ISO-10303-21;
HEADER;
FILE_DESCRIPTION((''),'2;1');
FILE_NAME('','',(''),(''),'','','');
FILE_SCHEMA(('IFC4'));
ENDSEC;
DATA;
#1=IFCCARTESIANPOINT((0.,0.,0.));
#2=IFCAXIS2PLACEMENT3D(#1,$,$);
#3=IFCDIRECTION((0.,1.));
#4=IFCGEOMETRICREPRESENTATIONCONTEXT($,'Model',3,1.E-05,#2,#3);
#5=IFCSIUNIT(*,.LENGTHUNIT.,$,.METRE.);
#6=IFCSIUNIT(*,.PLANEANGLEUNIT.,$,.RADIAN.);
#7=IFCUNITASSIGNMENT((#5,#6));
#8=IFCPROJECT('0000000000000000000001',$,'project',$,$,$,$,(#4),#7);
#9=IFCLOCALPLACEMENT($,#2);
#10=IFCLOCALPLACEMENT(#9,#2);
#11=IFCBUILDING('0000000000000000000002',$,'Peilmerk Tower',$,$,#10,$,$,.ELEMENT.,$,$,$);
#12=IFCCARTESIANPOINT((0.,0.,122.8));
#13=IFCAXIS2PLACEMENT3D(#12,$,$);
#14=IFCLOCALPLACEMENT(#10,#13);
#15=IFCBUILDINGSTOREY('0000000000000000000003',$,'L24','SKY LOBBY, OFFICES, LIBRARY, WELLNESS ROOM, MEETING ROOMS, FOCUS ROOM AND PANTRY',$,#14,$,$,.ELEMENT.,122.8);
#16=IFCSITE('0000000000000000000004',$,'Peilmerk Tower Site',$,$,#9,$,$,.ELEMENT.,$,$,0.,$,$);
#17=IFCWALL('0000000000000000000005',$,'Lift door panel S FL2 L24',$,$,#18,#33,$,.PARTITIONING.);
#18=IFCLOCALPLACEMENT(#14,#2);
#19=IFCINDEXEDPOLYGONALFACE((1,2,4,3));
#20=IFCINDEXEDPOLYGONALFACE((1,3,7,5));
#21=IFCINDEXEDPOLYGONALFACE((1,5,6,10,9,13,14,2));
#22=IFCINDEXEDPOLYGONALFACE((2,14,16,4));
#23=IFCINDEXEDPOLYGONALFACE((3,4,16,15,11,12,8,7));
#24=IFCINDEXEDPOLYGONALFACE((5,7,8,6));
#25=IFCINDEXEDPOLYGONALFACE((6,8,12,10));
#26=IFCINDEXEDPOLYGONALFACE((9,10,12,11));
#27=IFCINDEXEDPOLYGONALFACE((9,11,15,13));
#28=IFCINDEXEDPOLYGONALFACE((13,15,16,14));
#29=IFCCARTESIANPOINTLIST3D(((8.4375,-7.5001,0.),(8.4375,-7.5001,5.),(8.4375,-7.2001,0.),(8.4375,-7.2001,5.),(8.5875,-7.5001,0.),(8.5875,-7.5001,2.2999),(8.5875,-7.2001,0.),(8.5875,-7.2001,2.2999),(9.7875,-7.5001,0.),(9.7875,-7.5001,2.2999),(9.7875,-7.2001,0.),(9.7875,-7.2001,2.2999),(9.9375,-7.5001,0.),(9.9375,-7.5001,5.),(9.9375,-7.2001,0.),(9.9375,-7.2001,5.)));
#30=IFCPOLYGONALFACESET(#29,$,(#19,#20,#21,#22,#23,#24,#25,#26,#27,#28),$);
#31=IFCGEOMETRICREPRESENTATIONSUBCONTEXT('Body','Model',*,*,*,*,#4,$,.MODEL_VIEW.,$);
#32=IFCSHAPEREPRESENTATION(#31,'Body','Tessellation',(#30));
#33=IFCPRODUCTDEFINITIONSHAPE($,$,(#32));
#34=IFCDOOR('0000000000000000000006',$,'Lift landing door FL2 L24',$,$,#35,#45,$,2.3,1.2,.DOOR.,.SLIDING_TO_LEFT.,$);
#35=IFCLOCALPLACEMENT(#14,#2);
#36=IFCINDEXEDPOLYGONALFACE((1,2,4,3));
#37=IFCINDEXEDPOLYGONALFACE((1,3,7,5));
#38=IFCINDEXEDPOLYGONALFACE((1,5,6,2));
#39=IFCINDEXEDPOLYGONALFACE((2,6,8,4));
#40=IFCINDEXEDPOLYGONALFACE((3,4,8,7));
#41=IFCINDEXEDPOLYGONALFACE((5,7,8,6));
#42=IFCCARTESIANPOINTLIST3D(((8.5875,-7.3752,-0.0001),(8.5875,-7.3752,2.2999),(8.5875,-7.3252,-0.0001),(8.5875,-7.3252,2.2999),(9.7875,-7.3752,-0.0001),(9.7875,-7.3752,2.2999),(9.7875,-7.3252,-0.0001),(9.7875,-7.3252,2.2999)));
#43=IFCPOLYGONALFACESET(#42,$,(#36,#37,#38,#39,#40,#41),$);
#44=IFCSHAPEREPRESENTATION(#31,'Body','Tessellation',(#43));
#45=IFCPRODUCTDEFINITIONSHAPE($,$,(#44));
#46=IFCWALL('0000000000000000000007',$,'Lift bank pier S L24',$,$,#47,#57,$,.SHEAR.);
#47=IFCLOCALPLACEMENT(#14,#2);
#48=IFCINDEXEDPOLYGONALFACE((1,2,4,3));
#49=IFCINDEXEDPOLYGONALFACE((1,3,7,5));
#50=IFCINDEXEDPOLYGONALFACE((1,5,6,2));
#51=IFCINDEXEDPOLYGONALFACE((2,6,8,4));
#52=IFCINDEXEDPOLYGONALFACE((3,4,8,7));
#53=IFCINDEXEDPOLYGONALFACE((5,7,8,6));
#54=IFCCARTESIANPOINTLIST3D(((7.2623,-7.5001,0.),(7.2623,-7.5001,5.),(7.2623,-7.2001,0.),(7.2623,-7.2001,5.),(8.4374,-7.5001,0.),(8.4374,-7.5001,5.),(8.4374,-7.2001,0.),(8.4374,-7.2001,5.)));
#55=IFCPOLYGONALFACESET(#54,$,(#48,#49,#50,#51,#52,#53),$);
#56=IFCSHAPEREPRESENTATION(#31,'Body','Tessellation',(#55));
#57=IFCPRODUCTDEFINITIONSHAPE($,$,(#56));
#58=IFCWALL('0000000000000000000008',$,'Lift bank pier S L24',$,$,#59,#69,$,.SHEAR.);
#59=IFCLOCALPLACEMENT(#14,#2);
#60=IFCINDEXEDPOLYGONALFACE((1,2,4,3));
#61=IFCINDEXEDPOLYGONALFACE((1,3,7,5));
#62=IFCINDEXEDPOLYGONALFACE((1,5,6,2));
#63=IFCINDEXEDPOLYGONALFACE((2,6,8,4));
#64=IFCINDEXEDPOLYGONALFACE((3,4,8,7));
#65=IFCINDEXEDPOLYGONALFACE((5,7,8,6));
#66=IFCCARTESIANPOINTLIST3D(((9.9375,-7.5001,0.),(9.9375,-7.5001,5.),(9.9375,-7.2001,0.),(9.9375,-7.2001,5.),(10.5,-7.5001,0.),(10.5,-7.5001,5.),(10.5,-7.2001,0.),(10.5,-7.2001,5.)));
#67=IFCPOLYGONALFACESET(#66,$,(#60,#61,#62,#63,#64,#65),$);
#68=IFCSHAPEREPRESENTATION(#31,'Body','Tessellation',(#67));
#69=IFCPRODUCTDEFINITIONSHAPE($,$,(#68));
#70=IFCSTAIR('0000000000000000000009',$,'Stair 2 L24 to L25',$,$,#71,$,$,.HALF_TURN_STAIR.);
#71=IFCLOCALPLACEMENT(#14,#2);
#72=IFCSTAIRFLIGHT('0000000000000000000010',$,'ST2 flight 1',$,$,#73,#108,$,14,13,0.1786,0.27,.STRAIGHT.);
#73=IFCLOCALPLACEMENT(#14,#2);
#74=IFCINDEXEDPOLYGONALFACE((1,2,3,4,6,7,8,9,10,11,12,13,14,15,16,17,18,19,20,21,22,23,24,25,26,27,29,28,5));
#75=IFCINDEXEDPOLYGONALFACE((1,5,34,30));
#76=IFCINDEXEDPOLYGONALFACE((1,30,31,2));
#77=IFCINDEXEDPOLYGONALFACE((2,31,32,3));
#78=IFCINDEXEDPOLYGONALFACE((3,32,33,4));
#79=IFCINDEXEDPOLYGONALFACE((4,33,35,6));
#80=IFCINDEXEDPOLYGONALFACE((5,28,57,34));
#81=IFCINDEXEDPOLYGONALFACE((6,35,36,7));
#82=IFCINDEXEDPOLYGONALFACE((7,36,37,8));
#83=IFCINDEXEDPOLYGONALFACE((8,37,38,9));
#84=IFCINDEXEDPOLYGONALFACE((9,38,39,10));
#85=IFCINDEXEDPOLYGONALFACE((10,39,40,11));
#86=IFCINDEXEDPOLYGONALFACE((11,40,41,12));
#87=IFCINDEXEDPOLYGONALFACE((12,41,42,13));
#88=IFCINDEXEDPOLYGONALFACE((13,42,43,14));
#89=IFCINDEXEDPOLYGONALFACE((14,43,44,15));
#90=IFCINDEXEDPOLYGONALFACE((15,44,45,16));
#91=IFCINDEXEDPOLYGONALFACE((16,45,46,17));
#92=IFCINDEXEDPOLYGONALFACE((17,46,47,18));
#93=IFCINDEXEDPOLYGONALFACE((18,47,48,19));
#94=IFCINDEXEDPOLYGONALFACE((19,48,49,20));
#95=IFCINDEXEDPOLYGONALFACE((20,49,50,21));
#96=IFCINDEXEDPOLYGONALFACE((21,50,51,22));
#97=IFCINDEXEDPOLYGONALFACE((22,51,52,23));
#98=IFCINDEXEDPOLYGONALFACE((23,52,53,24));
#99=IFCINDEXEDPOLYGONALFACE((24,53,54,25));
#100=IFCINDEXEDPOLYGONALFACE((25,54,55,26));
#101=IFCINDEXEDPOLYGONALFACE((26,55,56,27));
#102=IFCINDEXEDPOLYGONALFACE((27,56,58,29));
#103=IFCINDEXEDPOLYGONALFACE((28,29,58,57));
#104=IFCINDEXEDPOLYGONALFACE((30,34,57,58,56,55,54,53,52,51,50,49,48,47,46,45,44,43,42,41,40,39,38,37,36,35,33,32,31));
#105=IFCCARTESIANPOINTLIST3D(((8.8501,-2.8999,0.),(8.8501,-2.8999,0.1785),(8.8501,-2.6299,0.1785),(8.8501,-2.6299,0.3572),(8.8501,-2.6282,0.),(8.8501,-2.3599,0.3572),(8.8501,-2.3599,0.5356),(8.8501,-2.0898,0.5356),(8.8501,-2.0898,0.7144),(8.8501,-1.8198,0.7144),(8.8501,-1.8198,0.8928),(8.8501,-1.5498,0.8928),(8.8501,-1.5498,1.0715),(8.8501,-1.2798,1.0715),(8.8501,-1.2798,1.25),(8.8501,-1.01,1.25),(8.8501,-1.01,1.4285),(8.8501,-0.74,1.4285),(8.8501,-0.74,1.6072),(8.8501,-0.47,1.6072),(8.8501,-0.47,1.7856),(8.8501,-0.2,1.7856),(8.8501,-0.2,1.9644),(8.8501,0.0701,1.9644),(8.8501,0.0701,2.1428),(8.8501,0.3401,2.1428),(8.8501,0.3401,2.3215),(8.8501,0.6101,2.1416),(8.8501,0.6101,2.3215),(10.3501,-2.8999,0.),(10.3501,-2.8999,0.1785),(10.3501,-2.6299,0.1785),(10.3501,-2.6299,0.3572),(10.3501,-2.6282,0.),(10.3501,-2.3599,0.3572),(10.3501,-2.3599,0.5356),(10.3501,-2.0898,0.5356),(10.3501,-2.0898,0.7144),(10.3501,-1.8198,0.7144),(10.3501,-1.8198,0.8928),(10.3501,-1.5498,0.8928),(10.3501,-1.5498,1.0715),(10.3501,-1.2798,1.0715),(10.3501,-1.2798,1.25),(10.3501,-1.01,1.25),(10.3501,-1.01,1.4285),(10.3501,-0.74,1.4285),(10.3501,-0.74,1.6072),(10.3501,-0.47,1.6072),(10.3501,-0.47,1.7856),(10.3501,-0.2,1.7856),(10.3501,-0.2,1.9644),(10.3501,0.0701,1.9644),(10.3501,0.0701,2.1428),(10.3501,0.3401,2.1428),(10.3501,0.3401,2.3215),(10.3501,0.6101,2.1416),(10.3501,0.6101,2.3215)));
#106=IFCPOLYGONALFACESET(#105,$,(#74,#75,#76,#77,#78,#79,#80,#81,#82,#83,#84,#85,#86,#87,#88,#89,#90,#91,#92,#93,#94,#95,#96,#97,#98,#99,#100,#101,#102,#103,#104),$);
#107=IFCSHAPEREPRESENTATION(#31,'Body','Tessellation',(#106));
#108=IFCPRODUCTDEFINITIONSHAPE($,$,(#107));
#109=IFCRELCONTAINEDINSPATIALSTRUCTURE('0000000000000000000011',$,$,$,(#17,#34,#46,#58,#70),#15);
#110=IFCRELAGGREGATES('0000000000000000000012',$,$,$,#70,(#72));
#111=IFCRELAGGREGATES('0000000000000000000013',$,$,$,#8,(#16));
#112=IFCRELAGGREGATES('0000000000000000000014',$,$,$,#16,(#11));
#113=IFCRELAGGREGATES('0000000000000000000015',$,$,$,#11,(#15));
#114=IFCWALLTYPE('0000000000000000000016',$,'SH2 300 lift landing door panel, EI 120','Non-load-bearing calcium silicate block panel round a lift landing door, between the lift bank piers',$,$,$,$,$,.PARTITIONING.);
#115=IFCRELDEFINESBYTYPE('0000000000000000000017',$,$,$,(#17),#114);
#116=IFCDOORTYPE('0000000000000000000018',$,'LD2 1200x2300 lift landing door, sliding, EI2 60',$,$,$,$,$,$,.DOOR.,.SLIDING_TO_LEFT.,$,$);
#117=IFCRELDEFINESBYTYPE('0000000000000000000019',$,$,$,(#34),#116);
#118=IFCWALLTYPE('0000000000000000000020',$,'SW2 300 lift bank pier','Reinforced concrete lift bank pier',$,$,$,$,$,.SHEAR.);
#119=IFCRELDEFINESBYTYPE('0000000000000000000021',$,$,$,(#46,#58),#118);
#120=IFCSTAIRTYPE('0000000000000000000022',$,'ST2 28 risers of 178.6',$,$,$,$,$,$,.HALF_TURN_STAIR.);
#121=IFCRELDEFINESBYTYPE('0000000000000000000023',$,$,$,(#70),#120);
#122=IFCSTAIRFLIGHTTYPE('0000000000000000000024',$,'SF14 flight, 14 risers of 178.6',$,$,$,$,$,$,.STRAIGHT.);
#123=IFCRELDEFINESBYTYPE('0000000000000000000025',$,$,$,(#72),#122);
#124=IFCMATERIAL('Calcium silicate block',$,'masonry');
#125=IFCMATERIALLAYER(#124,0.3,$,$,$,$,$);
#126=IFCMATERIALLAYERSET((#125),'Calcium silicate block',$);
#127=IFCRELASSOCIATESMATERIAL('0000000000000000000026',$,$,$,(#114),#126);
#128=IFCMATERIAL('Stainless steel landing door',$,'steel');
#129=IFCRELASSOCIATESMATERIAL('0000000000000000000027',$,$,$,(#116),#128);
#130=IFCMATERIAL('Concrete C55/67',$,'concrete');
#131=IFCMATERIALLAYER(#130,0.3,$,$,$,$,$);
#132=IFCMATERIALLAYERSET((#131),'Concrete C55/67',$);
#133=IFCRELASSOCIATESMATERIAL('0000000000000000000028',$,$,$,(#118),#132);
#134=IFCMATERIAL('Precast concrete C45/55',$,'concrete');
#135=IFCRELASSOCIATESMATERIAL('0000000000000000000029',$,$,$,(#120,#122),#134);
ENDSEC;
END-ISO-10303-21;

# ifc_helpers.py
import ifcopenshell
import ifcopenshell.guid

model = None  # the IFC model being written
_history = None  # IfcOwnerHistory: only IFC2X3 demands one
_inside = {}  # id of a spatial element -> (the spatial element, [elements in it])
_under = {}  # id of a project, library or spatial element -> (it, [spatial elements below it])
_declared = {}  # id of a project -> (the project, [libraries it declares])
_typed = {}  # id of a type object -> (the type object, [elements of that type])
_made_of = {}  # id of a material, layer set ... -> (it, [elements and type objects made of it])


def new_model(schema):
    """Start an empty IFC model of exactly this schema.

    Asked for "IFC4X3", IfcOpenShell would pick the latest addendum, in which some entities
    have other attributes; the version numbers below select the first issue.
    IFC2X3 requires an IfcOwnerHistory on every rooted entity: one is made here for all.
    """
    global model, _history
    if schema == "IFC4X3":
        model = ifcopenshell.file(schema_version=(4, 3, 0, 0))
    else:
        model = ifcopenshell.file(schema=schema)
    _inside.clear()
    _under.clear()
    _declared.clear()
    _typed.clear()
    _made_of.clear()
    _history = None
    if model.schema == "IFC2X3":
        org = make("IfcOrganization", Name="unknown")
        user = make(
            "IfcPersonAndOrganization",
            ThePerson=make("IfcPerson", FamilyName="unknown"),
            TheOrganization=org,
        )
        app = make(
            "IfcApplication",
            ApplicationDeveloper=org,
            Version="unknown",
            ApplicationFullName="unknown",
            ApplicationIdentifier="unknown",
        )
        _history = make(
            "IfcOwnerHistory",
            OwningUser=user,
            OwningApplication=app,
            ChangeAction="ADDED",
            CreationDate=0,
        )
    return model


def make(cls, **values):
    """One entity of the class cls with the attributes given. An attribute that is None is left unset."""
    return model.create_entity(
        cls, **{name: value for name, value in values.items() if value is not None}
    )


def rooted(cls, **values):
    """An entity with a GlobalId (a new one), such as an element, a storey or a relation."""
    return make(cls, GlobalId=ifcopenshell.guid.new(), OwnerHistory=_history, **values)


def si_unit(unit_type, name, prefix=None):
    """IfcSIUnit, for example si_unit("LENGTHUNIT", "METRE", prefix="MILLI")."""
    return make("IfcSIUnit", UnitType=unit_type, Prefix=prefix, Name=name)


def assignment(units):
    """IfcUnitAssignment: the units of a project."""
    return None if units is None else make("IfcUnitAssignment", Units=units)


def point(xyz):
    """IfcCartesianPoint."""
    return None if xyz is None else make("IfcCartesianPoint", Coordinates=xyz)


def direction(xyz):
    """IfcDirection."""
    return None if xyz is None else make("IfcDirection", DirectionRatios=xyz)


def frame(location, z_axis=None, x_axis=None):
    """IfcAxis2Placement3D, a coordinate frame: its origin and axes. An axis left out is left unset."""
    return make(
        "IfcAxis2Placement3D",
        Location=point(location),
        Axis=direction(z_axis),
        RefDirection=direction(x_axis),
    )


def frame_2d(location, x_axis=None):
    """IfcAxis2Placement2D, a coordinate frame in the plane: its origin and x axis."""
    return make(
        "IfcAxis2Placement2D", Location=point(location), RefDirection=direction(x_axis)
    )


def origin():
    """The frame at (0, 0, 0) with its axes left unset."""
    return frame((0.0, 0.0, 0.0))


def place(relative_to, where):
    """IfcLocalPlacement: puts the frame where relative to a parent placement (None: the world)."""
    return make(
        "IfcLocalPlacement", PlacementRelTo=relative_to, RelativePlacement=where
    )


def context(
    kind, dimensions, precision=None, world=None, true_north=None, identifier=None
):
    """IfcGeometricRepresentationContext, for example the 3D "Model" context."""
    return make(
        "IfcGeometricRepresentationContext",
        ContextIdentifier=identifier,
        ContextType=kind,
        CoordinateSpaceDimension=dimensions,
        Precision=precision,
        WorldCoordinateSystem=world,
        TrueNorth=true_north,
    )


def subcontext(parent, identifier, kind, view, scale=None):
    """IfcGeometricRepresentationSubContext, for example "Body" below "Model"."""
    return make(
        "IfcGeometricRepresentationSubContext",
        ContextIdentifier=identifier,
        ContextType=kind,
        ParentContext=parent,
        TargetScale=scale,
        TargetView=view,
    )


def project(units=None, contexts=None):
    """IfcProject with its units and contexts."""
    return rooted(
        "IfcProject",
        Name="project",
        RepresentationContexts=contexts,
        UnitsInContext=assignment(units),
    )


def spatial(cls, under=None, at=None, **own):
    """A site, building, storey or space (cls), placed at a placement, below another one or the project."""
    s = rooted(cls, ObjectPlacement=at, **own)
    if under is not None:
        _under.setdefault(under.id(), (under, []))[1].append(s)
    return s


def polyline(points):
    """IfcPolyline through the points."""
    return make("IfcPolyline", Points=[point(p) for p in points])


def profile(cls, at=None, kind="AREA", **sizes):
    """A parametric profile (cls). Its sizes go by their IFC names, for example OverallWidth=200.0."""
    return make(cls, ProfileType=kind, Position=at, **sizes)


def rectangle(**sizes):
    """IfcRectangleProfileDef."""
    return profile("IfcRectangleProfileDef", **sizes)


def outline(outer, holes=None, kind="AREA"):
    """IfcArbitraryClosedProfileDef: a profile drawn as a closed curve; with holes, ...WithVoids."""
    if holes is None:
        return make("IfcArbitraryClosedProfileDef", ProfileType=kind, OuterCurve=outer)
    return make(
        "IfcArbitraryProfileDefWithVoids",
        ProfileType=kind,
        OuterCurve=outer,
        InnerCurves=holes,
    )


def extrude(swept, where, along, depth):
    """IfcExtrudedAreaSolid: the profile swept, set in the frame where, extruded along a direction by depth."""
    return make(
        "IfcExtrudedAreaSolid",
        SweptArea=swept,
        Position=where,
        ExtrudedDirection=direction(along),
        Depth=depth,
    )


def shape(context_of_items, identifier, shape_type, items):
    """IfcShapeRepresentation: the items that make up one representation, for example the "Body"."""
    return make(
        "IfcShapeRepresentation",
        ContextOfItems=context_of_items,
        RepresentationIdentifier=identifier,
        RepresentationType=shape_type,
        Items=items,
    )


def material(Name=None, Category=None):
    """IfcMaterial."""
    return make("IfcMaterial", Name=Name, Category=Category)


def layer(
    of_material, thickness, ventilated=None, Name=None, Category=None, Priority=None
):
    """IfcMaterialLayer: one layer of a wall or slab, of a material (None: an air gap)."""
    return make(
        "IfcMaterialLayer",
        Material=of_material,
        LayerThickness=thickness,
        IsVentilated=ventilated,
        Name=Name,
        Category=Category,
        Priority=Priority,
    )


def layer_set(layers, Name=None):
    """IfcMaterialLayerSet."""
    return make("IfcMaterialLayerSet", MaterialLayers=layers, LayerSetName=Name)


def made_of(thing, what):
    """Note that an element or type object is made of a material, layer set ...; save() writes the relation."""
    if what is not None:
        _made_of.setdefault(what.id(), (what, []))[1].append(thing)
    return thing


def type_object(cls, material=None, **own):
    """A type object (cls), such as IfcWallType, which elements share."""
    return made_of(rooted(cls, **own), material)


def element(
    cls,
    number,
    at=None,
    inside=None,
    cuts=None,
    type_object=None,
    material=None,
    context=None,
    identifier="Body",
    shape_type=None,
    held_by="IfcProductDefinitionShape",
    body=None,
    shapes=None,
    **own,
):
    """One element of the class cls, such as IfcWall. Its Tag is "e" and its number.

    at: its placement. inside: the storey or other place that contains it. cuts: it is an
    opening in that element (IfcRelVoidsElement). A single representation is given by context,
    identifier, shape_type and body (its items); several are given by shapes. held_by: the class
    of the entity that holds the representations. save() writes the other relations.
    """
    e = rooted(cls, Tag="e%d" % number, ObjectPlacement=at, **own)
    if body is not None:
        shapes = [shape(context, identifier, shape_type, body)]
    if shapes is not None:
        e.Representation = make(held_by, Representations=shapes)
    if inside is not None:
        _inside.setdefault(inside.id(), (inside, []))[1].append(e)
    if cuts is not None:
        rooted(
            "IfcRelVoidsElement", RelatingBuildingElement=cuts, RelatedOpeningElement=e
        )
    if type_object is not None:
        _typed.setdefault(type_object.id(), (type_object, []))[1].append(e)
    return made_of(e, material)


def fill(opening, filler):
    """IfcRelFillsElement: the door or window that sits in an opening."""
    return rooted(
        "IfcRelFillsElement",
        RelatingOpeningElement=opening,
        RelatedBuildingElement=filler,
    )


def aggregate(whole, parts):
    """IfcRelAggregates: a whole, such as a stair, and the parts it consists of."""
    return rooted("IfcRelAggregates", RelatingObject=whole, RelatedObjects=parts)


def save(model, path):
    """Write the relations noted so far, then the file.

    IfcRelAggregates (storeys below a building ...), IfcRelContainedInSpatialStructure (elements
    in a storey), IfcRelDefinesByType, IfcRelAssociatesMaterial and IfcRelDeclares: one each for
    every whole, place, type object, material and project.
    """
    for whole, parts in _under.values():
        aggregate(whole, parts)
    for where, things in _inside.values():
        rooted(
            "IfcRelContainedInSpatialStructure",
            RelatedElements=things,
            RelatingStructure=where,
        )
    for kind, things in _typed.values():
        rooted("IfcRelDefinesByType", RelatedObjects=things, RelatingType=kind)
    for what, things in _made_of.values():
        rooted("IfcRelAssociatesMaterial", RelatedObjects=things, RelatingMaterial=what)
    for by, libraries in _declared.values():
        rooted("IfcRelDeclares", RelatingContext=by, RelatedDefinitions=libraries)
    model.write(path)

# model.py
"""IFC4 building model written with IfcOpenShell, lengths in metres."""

from ifc_helpers import new_model, si_unit, direction, frame, frame_2d, origin, place, context, subcontext, project, spatial, polyline, rectangle, outline, extrude, material, layer, layer_set, type_object, element, fill, aggregate, save


model = new_model("IFC4")

# Units and contexts
model_context = context("Model", 3, precision=1e-05, world=origin(), true_north=direction((0.0, 1.0)))
body_context = subcontext(model_context, "Body", "Model", "MODEL_VIEW")
ifc_project = project(units=[si_unit("LENGTHUNIT", "METRE"), si_unit("PLANEANGLEUNIT", "RADIAN")], contexts=[model_context])

# Site, building, storey
site_placement = place(None, origin())
site = spatial("IfcSite", under=ifc_project, at=site_placement, Name="Peilmerk Tower Site", CompositionType="ELEMENT", RefElevation=0.0)
building_placement = place(site_placement, origin())
building = spatial("IfcBuilding", under=site, at=building_placement, Name="Peilmerk Tower", CompositionType="ELEMENT")
storey_placement = place(building_placement, frame((0.0, 0.0, 122.8)))
storey = spatial("IfcBuildingStorey", under=building, at=storey_placement, Name="L24", Description="SKY LOBBY, OFFICES, LIBRARY, WELLNESS ROOM, MEETING ROOMS, FOCUS ROOM AND PANTRY", CompositionType="ELEMENT", Elevation=122.8)

# Shared definitions
ifc_material_1 = material(Name="Calcium silicate block", Category="masonry")

# Wall, opening, door
ifc_layer_1 = layer(ifc_material_1, 0.3)
ifc_layer_set_1 = layer_set([ifc_layer_1], Name="Calcium silicate block")
wall_type_1 = type_object("IfcWallType", Name="SH2 300 lift landing door panel, EI 120", Description="Non-load-bearing calcium silicate block panel round a lift landing door, between the lift bank piers", PredefinedType="PARTITIONING", material=ifc_layer_set_1)
ifc_material_2 = material(Name="Stainless steel landing door", Category="steel")
wall_1_placement = place(storey_placement, frame((8.4375, -7.3501, 0.0), z_axis=(0.0, 0.0, 1.0), x_axis=(1.0, 0.0, 0.0)))
wall_1 = element("IfcWall", 1, at=wall_1_placement, inside=storey, type_object=wall_type_1, Name="Lift door panel S FL2 L24", PredefinedType="PARTITIONING", context=body_context, shape_type="SweptSolid", body=[
    extrude(rectangle(XDim=1.5, YDim=0.3, at=frame_2d((0.75, 0.0))), origin(), (0.0, 0.0, 1.0), 5.0),
])
opening_1_placement = place(wall_1_placement, frame((0.1499, 0.0, 0.0)))
opening_1 = element("IfcOpeningElement", 2, at=opening_1_placement, cuts=wall_1, PredefinedType="OPENING", context=body_context, shape_type="SweptSolid", body=[
    extrude(rectangle(XDim=1.2, YDim=2.3, at=frame_2d((0.6001, 1.1499))), frame((0.0, 0.1599, 0.0), z_axis=(0.0, -1.0, 0.0), x_axis=(1.0, 0.0, 0.0)), (0.0, 0.0, 1.0), 0.3201),
])
door_type_1 = type_object("IfcDoorType", Name="LD2 1200x2300 lift landing door, sliding, EI2 60", OperationType="SLIDING_TO_LEFT", PredefinedType="DOOR", material=ifc_material_2)
door_1_placement = place(opening_1_placement, origin())
door_1 = element("IfcDoor", 3, at=door_1_placement, inside=storey, type_object=door_type_1, Name="Lift landing door FL2 L24", OperationType="SLIDING_TO_LEFT", OverallHeight=2.3, OverallWidth=1.2, PredefinedType="DOOR", context=body_context, shape_type="SweptSolid", body=[
    extrude(rectangle(XDim=1.2, YDim=2.3, at=frame_2d((0.6001, 1.1499))), frame((0.0, 0.0249, 0.0), z_axis=(0.0, -1.0, 0.0), x_axis=(1.0, 0.0, 0.0)), (0.0, 0.0, 1.0), 0.05),
])
fill(opening_1, door_1)

# Walls
ifc_material_3 = material(Name="Concrete C55/67", Category="concrete")
ifc_layer_2 = layer(ifc_material_3, 0.3)
ifc_layer_set_2 = layer_set([ifc_layer_2], Name="Concrete C55/67")
wall_type_2 = type_object("IfcWallType", Name="SW2 300 lift bank pier", Description="Reinforced concrete lift bank pier", PredefinedType="SHEAR", material=ifc_layer_set_2)
wall_2_placement = place(storey_placement, frame((7.2625, -7.3501, 0.0), z_axis=(0.0, 0.0, 1.0), x_axis=(1.0, 0.0, 0.0)))
element("IfcWall", 4, at=wall_2_placement, inside=storey, type_object=wall_type_2, Name="Lift bank pier S L24", PredefinedType="SHEAR", context=body_context, shape_type="SweptSolid", body=[
    extrude(rectangle(XDim=1.175, YDim=0.3, at=frame_2d((0.5874, 0.0))), origin(), (0.0, 0.0, 1.0), 5.0),
])
wall_3_placement = place(storey_placement, frame((9.9375, -7.3501, 0.0), z_axis=(0.0, 0.0, 1.0), x_axis=(1.0, 0.0, 0.0)))
element("IfcWall", 5, at=wall_3_placement, inside=storey, type_object=wall_type_2, Name="Lift bank pier S L24", PredefinedType="SHEAR", context=body_context, shape_type="SweptSolid", body=[
    extrude(rectangle(XDim=0.5625, YDim=0.3, at=frame_2d((0.2812, 0.0))), origin(), (0.0, 0.0, 1.0), 5.0),
])

# Stair, stair flight
ifc_material_4 = material(Name="Precast concrete C45/55", Category="concrete")
stair_type = type_object("IfcStairType", Name="ST2 28 risers of 178.6", PredefinedType="HALF_TURN_STAIR", material=ifc_material_4)
stair_placement = place(storey_placement, origin())
stair = element("IfcStair", 6, at=stair_placement, inside=storey, type_object=stair_type, Name="Stair 2 L24 to L25", PredefinedType="HALF_TURN_STAIR")
stair_flight_type = type_object("IfcStairFlightType", Name="SF14 flight, 14 risers of 178.6", PredefinedType="STRAIGHT", material=ifc_material_4)
stair_flight_placement = place(storey_placement, frame((9.6001, -2.8999, 0.0), z_axis=(0.0, 0.0, 1.0), x_axis=(0.0, 1.0, 0.0)))
stair_flight = element("IfcStairFlight", 7, at=stair_flight_placement, type_object=stair_flight_type, Name="ST2 flight 1", NumberOfRisers=14, NumberOfTreads=13, PredefinedType="STRAIGHT", RiserHeight=0.1786, TreadLength=0.27, context=body_context, shape_type="SweptSolid", body=[
    extrude(outline(polyline([(0.0, 0.0), (0.0, 0.1785), (0.27, 0.1785), (0.27, 0.3572), (0.54, 0.3572), (0.54, 0.5356), (0.8101, 0.5356), (0.8101, 0.7144), (1.0801, 0.7144), (1.0801, 0.8928), (1.3501, 0.8928), (1.3501, 1.0715), (1.6201, 1.0715), (1.6201, 1.25), (1.8899, 1.25), (1.8899, 1.4285), (2.1599, 1.4285), (2.1599, 1.6072), (2.4299, 1.6072), (2.4299, 1.7856), (2.7, 1.7856), (2.7, 1.9644), (2.97, 1.9644), (2.97, 2.1428), (3.24, 2.1428), (3.24, 2.3215), (3.51, 2.3215), (3.51, 2.5), (3.51, 2.1416), (0.2717, 0.0), (0.0, 0.0)])), frame((0.0, 0.75, 0.0), z_axis=(0.0, -1.0, 0.0), x_axis=(1.0, 0.0, 0.0)), (0.0, 0.0, 1.0), 1.5),
])
aggregate(stair, [stair_flight])

save(model, "model.ifc")
